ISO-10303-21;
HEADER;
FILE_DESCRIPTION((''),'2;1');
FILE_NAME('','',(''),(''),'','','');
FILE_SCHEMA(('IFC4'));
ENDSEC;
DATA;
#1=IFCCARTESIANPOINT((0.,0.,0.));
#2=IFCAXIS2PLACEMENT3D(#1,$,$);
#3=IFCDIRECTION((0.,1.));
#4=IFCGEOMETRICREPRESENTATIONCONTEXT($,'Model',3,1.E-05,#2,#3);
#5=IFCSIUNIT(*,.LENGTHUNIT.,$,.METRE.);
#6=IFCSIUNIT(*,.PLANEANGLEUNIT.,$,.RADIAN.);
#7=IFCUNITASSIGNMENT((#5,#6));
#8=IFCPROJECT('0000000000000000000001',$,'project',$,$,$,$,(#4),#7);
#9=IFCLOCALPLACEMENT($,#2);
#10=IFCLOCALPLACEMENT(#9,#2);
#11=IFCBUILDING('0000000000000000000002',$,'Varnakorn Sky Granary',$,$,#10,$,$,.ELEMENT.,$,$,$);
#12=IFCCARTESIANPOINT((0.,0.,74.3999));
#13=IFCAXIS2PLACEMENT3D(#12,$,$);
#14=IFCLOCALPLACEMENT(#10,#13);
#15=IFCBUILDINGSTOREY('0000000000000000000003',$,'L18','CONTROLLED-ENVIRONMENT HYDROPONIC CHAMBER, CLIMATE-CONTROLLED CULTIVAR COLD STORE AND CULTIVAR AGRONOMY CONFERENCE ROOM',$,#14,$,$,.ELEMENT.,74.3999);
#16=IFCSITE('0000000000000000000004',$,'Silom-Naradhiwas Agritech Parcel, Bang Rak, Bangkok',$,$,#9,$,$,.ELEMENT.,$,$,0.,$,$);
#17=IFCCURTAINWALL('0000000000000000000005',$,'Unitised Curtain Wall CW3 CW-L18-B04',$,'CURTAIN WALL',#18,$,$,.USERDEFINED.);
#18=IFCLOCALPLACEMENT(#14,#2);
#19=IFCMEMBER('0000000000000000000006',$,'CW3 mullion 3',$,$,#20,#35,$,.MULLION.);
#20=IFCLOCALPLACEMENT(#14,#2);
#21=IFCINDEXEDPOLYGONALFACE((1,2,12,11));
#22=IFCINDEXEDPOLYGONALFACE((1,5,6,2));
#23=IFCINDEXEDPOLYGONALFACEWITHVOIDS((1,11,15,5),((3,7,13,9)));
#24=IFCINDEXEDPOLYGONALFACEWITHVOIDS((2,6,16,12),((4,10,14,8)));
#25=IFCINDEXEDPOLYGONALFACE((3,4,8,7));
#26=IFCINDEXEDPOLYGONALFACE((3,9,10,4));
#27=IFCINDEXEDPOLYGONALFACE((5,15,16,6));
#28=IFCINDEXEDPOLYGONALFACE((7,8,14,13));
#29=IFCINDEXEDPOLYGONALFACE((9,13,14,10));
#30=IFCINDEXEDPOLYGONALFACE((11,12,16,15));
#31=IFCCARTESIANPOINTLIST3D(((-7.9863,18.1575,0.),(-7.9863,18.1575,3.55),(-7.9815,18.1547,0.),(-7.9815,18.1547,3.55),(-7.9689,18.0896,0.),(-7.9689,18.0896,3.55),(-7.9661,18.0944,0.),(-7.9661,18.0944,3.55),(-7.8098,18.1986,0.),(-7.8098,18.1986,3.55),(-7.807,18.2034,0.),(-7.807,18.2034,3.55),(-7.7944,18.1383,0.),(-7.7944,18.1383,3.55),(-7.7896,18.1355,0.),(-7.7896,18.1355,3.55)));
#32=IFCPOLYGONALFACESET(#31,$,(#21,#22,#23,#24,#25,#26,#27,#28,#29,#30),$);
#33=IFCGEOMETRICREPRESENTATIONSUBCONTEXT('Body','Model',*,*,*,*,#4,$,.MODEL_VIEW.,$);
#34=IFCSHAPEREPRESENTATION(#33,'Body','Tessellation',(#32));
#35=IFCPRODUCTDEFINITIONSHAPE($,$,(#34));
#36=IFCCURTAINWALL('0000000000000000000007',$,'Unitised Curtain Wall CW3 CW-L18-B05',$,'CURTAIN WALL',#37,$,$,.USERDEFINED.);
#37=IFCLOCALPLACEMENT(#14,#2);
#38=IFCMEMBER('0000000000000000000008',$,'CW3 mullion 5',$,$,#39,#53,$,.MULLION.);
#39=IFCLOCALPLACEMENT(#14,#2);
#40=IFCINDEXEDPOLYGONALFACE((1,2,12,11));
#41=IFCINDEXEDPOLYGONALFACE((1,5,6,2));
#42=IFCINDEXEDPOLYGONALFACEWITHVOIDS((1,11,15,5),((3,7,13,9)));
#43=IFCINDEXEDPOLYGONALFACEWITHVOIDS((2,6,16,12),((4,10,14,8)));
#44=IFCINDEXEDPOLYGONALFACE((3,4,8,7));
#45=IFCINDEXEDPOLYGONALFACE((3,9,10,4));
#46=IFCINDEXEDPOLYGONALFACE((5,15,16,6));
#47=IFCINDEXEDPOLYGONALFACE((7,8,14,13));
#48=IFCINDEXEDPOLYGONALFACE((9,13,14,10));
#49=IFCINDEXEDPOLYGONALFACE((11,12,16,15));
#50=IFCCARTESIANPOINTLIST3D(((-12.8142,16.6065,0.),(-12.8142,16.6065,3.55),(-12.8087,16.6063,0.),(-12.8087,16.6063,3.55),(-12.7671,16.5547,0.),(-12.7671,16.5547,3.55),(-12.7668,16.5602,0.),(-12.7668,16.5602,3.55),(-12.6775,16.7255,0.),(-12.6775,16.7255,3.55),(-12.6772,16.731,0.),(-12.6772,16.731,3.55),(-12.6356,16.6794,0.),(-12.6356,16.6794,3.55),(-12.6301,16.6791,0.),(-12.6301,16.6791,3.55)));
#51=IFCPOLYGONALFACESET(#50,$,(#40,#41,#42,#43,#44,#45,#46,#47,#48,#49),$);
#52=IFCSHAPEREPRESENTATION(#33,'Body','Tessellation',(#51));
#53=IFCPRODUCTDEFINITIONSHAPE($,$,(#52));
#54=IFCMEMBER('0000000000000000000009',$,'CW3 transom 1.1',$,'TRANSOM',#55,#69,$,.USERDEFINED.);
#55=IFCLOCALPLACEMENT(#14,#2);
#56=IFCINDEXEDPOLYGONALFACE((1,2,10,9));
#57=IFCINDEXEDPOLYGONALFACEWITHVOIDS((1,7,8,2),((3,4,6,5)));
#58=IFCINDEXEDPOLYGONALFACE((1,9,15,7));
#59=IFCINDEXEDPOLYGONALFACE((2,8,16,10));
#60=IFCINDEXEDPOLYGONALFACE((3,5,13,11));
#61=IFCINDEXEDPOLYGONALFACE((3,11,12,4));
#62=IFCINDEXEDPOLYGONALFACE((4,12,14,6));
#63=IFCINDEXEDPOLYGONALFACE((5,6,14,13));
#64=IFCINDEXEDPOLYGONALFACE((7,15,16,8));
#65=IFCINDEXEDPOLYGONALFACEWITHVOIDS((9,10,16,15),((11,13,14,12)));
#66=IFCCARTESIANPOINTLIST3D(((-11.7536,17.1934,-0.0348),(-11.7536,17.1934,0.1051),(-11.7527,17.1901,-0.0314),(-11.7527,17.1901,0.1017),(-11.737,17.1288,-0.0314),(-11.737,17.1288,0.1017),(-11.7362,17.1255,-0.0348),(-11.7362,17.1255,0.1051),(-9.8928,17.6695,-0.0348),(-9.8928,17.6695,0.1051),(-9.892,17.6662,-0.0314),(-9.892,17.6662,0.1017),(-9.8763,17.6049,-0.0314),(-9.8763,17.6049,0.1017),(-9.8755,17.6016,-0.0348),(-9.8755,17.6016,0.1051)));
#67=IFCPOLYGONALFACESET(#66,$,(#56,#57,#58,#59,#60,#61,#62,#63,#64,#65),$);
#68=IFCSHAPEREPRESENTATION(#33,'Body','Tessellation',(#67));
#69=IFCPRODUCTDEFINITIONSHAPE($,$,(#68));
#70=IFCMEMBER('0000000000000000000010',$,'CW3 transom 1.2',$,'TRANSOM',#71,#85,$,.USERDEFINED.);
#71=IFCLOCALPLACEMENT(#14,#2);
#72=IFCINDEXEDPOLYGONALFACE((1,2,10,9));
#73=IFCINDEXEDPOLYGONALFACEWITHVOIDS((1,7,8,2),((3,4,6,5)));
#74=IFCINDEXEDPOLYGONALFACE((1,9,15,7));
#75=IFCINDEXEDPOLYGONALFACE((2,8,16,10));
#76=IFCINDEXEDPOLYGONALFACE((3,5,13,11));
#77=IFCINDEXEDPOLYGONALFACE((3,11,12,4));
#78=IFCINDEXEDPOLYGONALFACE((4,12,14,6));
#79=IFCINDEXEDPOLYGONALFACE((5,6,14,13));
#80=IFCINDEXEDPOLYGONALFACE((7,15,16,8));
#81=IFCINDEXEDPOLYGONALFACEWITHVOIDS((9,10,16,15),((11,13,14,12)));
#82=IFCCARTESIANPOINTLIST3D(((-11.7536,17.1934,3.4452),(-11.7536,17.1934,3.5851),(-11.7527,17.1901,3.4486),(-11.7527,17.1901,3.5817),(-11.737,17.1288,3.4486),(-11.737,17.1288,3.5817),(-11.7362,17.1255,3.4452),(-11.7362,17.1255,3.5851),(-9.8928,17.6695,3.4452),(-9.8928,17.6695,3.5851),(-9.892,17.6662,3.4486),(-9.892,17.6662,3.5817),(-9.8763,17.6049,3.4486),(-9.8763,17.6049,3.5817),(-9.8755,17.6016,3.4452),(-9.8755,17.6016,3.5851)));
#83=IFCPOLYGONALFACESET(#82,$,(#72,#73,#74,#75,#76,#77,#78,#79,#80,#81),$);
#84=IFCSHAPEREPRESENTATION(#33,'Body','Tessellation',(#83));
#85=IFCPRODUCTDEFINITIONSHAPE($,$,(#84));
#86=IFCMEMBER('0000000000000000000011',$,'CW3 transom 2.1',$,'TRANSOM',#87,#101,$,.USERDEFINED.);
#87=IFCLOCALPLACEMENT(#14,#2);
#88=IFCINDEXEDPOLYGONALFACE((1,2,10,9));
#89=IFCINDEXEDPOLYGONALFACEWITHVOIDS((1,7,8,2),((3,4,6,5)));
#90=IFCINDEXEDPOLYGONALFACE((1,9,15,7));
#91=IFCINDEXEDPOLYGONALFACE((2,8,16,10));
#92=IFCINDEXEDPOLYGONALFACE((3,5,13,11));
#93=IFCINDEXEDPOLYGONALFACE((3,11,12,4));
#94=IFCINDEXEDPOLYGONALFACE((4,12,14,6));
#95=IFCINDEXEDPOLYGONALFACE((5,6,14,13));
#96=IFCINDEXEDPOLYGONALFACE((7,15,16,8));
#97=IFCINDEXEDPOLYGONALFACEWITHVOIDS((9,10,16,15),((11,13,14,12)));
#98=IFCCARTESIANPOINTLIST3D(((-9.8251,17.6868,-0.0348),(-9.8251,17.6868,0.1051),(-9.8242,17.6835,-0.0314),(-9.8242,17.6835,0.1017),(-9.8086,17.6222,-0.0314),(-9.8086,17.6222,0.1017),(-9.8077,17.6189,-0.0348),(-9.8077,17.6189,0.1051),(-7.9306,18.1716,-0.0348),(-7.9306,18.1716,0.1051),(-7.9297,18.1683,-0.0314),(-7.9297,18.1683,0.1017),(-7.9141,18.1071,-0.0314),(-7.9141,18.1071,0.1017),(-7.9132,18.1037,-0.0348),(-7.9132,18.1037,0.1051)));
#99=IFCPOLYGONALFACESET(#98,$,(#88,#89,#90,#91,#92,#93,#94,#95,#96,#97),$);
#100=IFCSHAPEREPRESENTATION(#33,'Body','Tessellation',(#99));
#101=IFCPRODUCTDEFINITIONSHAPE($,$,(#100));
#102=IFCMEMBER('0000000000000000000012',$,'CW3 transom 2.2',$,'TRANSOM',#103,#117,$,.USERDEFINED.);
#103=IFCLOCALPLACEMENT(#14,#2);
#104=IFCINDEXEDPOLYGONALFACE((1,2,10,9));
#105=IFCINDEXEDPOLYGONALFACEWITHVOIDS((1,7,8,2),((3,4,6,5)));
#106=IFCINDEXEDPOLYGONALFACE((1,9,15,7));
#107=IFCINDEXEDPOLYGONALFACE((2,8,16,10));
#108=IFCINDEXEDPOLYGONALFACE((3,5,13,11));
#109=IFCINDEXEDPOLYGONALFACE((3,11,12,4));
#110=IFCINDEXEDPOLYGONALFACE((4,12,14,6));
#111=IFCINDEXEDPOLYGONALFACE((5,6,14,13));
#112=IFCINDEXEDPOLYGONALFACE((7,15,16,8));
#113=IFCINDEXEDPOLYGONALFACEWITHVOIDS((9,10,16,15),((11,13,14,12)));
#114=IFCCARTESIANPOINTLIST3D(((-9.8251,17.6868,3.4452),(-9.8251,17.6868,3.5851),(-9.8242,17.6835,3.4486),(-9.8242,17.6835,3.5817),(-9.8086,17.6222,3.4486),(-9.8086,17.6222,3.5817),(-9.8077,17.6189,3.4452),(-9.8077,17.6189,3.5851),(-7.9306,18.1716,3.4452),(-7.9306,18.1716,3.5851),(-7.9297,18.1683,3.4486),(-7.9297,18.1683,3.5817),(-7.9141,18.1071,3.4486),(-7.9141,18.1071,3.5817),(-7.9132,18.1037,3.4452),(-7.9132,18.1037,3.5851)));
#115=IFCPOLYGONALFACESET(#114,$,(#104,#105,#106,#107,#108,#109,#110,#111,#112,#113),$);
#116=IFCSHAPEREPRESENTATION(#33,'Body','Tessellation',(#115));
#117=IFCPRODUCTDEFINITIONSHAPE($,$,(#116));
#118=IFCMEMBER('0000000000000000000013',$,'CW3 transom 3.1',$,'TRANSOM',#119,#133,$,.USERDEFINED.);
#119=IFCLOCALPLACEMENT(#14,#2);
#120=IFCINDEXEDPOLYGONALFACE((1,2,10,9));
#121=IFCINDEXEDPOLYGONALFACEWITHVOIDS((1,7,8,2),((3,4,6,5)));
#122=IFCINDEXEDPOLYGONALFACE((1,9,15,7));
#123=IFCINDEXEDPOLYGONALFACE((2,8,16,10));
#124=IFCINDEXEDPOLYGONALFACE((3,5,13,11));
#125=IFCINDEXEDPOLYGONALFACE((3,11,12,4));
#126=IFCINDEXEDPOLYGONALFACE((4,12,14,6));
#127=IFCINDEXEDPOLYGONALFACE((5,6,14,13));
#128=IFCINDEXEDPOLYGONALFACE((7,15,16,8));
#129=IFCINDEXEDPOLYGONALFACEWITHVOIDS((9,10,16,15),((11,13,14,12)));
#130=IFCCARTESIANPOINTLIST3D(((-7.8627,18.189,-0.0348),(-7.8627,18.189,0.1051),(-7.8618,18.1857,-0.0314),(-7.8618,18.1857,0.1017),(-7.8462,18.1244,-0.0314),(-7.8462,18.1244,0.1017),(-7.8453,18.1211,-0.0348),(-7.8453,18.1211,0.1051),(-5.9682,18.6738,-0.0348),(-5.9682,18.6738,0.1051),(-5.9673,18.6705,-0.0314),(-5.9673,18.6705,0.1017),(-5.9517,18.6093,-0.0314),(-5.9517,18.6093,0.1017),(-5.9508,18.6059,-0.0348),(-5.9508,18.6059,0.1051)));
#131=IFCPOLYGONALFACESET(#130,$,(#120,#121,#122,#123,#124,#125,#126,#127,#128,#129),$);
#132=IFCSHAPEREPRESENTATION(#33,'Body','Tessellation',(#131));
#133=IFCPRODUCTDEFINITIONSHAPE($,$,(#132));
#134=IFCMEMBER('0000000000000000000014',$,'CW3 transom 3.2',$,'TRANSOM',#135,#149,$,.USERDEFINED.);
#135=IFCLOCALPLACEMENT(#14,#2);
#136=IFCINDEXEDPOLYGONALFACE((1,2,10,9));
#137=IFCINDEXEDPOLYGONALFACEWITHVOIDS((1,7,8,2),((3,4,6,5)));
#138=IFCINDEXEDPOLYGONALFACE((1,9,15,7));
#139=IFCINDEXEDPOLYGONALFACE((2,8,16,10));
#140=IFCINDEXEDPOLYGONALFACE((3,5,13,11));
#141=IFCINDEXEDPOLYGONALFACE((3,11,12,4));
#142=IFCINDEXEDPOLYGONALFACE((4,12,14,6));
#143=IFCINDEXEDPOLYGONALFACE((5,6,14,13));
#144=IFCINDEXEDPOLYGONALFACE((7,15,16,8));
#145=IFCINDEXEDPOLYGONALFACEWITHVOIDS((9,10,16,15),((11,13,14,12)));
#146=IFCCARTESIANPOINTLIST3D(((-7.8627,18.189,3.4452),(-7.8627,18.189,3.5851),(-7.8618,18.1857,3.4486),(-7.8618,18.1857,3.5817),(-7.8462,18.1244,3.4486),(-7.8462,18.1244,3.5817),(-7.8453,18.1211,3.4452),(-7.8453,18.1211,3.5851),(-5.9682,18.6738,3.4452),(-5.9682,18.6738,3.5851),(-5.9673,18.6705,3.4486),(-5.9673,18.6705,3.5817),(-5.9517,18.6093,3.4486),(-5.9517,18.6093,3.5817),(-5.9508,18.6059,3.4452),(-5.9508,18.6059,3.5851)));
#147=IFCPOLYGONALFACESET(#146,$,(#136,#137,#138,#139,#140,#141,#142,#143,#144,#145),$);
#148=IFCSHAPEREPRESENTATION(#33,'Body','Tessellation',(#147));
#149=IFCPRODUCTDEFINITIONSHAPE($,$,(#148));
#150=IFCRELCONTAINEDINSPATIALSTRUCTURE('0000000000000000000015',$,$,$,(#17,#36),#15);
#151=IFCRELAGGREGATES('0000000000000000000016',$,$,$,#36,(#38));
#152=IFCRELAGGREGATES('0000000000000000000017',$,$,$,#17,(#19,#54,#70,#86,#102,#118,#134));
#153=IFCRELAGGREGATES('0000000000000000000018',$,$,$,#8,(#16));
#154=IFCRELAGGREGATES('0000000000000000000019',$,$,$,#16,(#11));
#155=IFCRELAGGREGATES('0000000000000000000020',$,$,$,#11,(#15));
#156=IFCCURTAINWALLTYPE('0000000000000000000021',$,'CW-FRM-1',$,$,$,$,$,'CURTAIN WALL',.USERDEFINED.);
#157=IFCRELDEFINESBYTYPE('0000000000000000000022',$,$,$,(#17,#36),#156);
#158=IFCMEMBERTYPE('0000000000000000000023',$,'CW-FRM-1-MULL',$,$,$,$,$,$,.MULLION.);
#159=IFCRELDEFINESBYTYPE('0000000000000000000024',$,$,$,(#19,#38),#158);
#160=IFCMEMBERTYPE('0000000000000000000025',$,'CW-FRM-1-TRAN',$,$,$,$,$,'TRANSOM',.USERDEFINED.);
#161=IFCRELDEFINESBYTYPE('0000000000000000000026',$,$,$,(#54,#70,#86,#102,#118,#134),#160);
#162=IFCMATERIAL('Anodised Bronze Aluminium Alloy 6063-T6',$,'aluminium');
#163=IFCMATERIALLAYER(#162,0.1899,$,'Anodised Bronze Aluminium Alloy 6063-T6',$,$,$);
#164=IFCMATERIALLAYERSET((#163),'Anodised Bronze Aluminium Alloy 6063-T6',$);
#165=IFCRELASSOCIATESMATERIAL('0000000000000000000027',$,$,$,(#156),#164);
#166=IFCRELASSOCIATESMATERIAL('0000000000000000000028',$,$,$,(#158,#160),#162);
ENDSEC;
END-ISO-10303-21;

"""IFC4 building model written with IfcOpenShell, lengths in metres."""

from ifc_helpers import new_model, si_unit, direction, frame, origin, origin_2d, place, context, subcontext, project, spatial, hollow_rectangle, extrude, material, layer, layer_set, material_profile, profile_set, type_object, element, aggregate, save


model = new_model("IFC4")

# Units and contexts
model_context = context("Model", 3, precision=1e-05, world=origin(), true_north=direction((0.0, 1.0)))
body_context = subcontext(model_context, "Body", "Model", "MODEL_VIEW")
ifc_project = project(units=[si_unit("LENGTHUNIT", "METRE"), si_unit("PLANEANGLEUNIT", "RADIAN")], contexts=[model_context])

# Site, building, storey
site_placement = place(None, origin())
site = spatial("IfcSite", under=ifc_project, at=site_placement, Name="Silom-Naradhiwas Agritech Parcel, Bang Rak, Bangkok", CompositionType="ELEMENT", RefElevation=0.0)
building_placement = place(site_placement, origin())
building = spatial("IfcBuilding", under=site, at=building_placement, Name="Varnakorn Sky Granary", CompositionType="ELEMENT")
storey_placement = place(building_placement, frame((0.0, 0.0, 74.3999)))
storey = spatial("IfcBuildingStorey", under=building, at=storey_placement, Name="L18", Description="CONTROLLED-ENVIRONMENT HYDROPONIC CHAMBER, CLIMATE-CONTROLLED CULTIVAR COLD STORE AND CULTIVAR AGRONOMY CONFERENCE ROOM", CompositionType="ELEMENT", Elevation=74.3999)

# Curtain wall, member
ifc_material_1 = material(Name="Anodised Bronze Aluminium Alloy 6063-T6", Category="aluminium")
ifc_layer_1 = layer(ifc_material_1, 0.1899, Name="Anodised Bronze Aluminium Alloy 6063-T6")
ifc_layer_set_1 = layer_set([ifc_layer_1], Name="Anodised Bronze Aluminium Alloy 6063-T6")
curtain_wall_type = type_object("IfcCurtainWallType", Name="CW-FRM-1", ElementType="CURTAIN WALL", PredefinedType="USERDEFINED", material=ifc_layer_set_1)
curtain_wall_1_placement = place(storey_placement, origin())
curtain_wall_1 = element("IfcCurtainWall", 1, at=curtain_wall_1_placement, inside=storey, type_object=curtain_wall_type, Name="Unitised Curtain Wall CW3 CW-L18-B04", ObjectType="CURTAIN WALL", PredefinedType="USERDEFINED")
ifc_material_profile_1 = material_profile(ifc_material_1, hollow_rectangle(XDim=0.0701, YDim=0.1851, WallThickness=0.0039, at=origin_2d()), Name="ALU MULL 70x185")
ifc_profile_set_1 = profile_set([ifc_material_profile_1], Name="Anodised Bronze Aluminium Alloy 6063-T6")
member_type_1 = type_object("IfcMemberType", Name="CW-FRM-1-MULL", PredefinedType="MULLION", material=ifc_profile_set_1)
member_1_placement = place(storey_placement, frame((-7.8879, 18.1465, 0.0), z_axis=(0.0, 0.0, 1.0), x_axis=(-0.247901, 0.968785, 0.0)))
member_1 = element("IfcMember", 2, at=member_1_placement, type_object=member_type_1, Name="CW3 mullion 3", PredefinedType="MULLION", context=body_context, shape_type="SweptSolid", body=[
    extrude(hollow_rectangle(XDim=0.0701, YDim=0.1851, WallThickness=0.0039, at=origin_2d()), origin(), (0.0, 0.0, 1.0), 3.55),
])

# Curtain wall, member
curtain_wall_2_placement = place(storey_placement, origin())
curtain_wall_2 = element("IfcCurtainWall", 3, at=curtain_wall_2_placement, inside=storey, type_object=curtain_wall_type, Name="Unitised Curtain Wall CW3 CW-L18-B05", ObjectType="CURTAIN WALL", PredefinedType="USERDEFINED")
member_2_placement = place(storey_placement, frame((-12.7222, 16.6428, 0.0), z_axis=(0.0, 0.0, 1.0), x_axis=(-0.672398, 0.74019, 0.0)))
member_2 = element("IfcMember", 4, at=member_2_placement, type_object=member_type_1, Name="CW3 mullion 5", PredefinedType="MULLION", context=body_context, shape_type="SweptSolid", body=[
    extrude(hollow_rectangle(XDim=0.0701, YDim=0.1851, WallThickness=0.0039, at=origin_2d()), origin(), (0.0, 0.0, 1.0), 3.55),
])

# Members
ifc_material_profile_2 = material_profile(ifc_material_1, hollow_rectangle(XDim=0.0701, YDim=0.1399, WallThickness=0.0034, at=origin_2d()), Name="ALU TRAN 70x140")
ifc_profile_set_2 = profile_set([ifc_material_profile_2], Name="Anodised Bronze Aluminium Alloy 6063-T6")
member_type_2 = type_object("IfcMemberType", Name="CW-FRM-1-TRAN", ElementType="TRANSOM", PredefinedType="USERDEFINED", material=ifc_profile_set_2)
member_3_placement = place(storey_placement, frame((-11.7449, 17.1594, 0.0352), z_axis=(0.968789, 0.247886, 0.0), x_axis=(-0.247886, 0.968789, 0.0)))
member_3 = element("IfcMember", 5, at=member_3_placement, type_object=member_type_2, Name="CW3 transom 1.1", ObjectType="TRANSOM", PredefinedType="USERDEFINED", context=body_context, shape_type="SweptSolid", body=[
    extrude(hollow_rectangle(XDim=0.0701, YDim=0.1399, WallThickness=0.0034, at=origin_2d()), origin(), (0.0, 0.0, 1.0), 1.9207),
])
member_4_placement = place(storey_placement, frame((-11.7449, 17.1594, 3.5151), z_axis=(0.968789, 0.247886, 0.0), x_axis=(-0.247886, 0.968789, 0.0)))
member_4 = element("IfcMember", 6, at=member_4_placement, type_object=member_type_2, Name="CW3 transom 1.2", ObjectType="TRANSOM", PredefinedType="USERDEFINED", context=body_context, shape_type="SweptSolid", body=[
    extrude(hollow_rectangle(XDim=0.0701, YDim=0.1399, WallThickness=0.0034, at=origin_2d()), origin(), (0.0, 0.0, 1.0), 1.9207),
])
member_5_placement = place(storey_placement, frame((-9.8164, 17.6528, 0.0352), z_axis=(0.968776, 0.247937, 0.0), x_axis=(-0.247937, 0.968776, 0.0)))
member_5 = element("IfcMember", 7, at=member_5_placement, type_object=member_type_2, Name="CW3 transom 2.1", ObjectType="TRANSOM", PredefinedType="USERDEFINED", context=body_context, shape_type="SweptSolid", body=[
    extrude(hollow_rectangle(XDim=0.0701, YDim=0.1399, WallThickness=0.0034, at=origin_2d()), origin(), (0.0, 0.0, 1.0), 1.9556),
])
member_6_placement = place(storey_placement, frame((-9.8164, 17.6528, 3.5151), z_axis=(0.968776, 0.247937, 0.0), x_axis=(-0.247937, 0.968776, 0.0)))
member_6 = element("IfcMember", 8, at=member_6_placement, type_object=member_type_2, Name="CW3 transom 2.2", ObjectType="TRANSOM", PredefinedType="USERDEFINED", context=body_context, shape_type="SweptSolid", body=[
    extrude(hollow_rectangle(XDim=0.0701, YDim=0.1399, WallThickness=0.0034, at=origin_2d()), origin(), (0.0, 0.0, 1.0), 1.9556),
])
member_7_placement = place(storey_placement, frame((-7.854, 18.155, 0.0352), z_axis=(0.968776, 0.247937, 0.0), x_axis=(-0.247937, 0.968776, 0.0)))
member_7 = element("IfcMember", 9, at=member_7_placement, type_object=member_type_2, Name="CW3 transom 3.1", ObjectType="TRANSOM", PredefinedType="USERDEFINED", context=body_context, shape_type="SweptSolid", body=[
    extrude(hollow_rectangle(XDim=0.0701, YDim=0.1399, WallThickness=0.0034, at=origin_2d()), origin(), (0.0, 0.0, 1.0), 1.9556),
])
member_8_placement = place(storey_placement, frame((-7.854, 18.155, 3.5151), z_axis=(0.968776, 0.247937, 0.0), x_axis=(-0.247937, 0.968776, 0.0)))
member_8 = element("IfcMember", 10, at=member_8_placement, type_object=member_type_2, Name="CW3 transom 3.2", ObjectType="TRANSOM", PredefinedType="USERDEFINED", context=body_context, shape_type="SweptSolid", body=[
    extrude(hollow_rectangle(XDim=0.0701, YDim=0.1399, WallThickness=0.0034, at=origin_2d()), origin(), (0.0, 0.0, 1.0), 1.9556),
])

aggregate(curtain_wall_2, [member_2])
aggregate(curtain_wall_1, [member_1, member_3, member_4, member_5, member_6, member_7, member_8])

save(model, "model.ifc")
